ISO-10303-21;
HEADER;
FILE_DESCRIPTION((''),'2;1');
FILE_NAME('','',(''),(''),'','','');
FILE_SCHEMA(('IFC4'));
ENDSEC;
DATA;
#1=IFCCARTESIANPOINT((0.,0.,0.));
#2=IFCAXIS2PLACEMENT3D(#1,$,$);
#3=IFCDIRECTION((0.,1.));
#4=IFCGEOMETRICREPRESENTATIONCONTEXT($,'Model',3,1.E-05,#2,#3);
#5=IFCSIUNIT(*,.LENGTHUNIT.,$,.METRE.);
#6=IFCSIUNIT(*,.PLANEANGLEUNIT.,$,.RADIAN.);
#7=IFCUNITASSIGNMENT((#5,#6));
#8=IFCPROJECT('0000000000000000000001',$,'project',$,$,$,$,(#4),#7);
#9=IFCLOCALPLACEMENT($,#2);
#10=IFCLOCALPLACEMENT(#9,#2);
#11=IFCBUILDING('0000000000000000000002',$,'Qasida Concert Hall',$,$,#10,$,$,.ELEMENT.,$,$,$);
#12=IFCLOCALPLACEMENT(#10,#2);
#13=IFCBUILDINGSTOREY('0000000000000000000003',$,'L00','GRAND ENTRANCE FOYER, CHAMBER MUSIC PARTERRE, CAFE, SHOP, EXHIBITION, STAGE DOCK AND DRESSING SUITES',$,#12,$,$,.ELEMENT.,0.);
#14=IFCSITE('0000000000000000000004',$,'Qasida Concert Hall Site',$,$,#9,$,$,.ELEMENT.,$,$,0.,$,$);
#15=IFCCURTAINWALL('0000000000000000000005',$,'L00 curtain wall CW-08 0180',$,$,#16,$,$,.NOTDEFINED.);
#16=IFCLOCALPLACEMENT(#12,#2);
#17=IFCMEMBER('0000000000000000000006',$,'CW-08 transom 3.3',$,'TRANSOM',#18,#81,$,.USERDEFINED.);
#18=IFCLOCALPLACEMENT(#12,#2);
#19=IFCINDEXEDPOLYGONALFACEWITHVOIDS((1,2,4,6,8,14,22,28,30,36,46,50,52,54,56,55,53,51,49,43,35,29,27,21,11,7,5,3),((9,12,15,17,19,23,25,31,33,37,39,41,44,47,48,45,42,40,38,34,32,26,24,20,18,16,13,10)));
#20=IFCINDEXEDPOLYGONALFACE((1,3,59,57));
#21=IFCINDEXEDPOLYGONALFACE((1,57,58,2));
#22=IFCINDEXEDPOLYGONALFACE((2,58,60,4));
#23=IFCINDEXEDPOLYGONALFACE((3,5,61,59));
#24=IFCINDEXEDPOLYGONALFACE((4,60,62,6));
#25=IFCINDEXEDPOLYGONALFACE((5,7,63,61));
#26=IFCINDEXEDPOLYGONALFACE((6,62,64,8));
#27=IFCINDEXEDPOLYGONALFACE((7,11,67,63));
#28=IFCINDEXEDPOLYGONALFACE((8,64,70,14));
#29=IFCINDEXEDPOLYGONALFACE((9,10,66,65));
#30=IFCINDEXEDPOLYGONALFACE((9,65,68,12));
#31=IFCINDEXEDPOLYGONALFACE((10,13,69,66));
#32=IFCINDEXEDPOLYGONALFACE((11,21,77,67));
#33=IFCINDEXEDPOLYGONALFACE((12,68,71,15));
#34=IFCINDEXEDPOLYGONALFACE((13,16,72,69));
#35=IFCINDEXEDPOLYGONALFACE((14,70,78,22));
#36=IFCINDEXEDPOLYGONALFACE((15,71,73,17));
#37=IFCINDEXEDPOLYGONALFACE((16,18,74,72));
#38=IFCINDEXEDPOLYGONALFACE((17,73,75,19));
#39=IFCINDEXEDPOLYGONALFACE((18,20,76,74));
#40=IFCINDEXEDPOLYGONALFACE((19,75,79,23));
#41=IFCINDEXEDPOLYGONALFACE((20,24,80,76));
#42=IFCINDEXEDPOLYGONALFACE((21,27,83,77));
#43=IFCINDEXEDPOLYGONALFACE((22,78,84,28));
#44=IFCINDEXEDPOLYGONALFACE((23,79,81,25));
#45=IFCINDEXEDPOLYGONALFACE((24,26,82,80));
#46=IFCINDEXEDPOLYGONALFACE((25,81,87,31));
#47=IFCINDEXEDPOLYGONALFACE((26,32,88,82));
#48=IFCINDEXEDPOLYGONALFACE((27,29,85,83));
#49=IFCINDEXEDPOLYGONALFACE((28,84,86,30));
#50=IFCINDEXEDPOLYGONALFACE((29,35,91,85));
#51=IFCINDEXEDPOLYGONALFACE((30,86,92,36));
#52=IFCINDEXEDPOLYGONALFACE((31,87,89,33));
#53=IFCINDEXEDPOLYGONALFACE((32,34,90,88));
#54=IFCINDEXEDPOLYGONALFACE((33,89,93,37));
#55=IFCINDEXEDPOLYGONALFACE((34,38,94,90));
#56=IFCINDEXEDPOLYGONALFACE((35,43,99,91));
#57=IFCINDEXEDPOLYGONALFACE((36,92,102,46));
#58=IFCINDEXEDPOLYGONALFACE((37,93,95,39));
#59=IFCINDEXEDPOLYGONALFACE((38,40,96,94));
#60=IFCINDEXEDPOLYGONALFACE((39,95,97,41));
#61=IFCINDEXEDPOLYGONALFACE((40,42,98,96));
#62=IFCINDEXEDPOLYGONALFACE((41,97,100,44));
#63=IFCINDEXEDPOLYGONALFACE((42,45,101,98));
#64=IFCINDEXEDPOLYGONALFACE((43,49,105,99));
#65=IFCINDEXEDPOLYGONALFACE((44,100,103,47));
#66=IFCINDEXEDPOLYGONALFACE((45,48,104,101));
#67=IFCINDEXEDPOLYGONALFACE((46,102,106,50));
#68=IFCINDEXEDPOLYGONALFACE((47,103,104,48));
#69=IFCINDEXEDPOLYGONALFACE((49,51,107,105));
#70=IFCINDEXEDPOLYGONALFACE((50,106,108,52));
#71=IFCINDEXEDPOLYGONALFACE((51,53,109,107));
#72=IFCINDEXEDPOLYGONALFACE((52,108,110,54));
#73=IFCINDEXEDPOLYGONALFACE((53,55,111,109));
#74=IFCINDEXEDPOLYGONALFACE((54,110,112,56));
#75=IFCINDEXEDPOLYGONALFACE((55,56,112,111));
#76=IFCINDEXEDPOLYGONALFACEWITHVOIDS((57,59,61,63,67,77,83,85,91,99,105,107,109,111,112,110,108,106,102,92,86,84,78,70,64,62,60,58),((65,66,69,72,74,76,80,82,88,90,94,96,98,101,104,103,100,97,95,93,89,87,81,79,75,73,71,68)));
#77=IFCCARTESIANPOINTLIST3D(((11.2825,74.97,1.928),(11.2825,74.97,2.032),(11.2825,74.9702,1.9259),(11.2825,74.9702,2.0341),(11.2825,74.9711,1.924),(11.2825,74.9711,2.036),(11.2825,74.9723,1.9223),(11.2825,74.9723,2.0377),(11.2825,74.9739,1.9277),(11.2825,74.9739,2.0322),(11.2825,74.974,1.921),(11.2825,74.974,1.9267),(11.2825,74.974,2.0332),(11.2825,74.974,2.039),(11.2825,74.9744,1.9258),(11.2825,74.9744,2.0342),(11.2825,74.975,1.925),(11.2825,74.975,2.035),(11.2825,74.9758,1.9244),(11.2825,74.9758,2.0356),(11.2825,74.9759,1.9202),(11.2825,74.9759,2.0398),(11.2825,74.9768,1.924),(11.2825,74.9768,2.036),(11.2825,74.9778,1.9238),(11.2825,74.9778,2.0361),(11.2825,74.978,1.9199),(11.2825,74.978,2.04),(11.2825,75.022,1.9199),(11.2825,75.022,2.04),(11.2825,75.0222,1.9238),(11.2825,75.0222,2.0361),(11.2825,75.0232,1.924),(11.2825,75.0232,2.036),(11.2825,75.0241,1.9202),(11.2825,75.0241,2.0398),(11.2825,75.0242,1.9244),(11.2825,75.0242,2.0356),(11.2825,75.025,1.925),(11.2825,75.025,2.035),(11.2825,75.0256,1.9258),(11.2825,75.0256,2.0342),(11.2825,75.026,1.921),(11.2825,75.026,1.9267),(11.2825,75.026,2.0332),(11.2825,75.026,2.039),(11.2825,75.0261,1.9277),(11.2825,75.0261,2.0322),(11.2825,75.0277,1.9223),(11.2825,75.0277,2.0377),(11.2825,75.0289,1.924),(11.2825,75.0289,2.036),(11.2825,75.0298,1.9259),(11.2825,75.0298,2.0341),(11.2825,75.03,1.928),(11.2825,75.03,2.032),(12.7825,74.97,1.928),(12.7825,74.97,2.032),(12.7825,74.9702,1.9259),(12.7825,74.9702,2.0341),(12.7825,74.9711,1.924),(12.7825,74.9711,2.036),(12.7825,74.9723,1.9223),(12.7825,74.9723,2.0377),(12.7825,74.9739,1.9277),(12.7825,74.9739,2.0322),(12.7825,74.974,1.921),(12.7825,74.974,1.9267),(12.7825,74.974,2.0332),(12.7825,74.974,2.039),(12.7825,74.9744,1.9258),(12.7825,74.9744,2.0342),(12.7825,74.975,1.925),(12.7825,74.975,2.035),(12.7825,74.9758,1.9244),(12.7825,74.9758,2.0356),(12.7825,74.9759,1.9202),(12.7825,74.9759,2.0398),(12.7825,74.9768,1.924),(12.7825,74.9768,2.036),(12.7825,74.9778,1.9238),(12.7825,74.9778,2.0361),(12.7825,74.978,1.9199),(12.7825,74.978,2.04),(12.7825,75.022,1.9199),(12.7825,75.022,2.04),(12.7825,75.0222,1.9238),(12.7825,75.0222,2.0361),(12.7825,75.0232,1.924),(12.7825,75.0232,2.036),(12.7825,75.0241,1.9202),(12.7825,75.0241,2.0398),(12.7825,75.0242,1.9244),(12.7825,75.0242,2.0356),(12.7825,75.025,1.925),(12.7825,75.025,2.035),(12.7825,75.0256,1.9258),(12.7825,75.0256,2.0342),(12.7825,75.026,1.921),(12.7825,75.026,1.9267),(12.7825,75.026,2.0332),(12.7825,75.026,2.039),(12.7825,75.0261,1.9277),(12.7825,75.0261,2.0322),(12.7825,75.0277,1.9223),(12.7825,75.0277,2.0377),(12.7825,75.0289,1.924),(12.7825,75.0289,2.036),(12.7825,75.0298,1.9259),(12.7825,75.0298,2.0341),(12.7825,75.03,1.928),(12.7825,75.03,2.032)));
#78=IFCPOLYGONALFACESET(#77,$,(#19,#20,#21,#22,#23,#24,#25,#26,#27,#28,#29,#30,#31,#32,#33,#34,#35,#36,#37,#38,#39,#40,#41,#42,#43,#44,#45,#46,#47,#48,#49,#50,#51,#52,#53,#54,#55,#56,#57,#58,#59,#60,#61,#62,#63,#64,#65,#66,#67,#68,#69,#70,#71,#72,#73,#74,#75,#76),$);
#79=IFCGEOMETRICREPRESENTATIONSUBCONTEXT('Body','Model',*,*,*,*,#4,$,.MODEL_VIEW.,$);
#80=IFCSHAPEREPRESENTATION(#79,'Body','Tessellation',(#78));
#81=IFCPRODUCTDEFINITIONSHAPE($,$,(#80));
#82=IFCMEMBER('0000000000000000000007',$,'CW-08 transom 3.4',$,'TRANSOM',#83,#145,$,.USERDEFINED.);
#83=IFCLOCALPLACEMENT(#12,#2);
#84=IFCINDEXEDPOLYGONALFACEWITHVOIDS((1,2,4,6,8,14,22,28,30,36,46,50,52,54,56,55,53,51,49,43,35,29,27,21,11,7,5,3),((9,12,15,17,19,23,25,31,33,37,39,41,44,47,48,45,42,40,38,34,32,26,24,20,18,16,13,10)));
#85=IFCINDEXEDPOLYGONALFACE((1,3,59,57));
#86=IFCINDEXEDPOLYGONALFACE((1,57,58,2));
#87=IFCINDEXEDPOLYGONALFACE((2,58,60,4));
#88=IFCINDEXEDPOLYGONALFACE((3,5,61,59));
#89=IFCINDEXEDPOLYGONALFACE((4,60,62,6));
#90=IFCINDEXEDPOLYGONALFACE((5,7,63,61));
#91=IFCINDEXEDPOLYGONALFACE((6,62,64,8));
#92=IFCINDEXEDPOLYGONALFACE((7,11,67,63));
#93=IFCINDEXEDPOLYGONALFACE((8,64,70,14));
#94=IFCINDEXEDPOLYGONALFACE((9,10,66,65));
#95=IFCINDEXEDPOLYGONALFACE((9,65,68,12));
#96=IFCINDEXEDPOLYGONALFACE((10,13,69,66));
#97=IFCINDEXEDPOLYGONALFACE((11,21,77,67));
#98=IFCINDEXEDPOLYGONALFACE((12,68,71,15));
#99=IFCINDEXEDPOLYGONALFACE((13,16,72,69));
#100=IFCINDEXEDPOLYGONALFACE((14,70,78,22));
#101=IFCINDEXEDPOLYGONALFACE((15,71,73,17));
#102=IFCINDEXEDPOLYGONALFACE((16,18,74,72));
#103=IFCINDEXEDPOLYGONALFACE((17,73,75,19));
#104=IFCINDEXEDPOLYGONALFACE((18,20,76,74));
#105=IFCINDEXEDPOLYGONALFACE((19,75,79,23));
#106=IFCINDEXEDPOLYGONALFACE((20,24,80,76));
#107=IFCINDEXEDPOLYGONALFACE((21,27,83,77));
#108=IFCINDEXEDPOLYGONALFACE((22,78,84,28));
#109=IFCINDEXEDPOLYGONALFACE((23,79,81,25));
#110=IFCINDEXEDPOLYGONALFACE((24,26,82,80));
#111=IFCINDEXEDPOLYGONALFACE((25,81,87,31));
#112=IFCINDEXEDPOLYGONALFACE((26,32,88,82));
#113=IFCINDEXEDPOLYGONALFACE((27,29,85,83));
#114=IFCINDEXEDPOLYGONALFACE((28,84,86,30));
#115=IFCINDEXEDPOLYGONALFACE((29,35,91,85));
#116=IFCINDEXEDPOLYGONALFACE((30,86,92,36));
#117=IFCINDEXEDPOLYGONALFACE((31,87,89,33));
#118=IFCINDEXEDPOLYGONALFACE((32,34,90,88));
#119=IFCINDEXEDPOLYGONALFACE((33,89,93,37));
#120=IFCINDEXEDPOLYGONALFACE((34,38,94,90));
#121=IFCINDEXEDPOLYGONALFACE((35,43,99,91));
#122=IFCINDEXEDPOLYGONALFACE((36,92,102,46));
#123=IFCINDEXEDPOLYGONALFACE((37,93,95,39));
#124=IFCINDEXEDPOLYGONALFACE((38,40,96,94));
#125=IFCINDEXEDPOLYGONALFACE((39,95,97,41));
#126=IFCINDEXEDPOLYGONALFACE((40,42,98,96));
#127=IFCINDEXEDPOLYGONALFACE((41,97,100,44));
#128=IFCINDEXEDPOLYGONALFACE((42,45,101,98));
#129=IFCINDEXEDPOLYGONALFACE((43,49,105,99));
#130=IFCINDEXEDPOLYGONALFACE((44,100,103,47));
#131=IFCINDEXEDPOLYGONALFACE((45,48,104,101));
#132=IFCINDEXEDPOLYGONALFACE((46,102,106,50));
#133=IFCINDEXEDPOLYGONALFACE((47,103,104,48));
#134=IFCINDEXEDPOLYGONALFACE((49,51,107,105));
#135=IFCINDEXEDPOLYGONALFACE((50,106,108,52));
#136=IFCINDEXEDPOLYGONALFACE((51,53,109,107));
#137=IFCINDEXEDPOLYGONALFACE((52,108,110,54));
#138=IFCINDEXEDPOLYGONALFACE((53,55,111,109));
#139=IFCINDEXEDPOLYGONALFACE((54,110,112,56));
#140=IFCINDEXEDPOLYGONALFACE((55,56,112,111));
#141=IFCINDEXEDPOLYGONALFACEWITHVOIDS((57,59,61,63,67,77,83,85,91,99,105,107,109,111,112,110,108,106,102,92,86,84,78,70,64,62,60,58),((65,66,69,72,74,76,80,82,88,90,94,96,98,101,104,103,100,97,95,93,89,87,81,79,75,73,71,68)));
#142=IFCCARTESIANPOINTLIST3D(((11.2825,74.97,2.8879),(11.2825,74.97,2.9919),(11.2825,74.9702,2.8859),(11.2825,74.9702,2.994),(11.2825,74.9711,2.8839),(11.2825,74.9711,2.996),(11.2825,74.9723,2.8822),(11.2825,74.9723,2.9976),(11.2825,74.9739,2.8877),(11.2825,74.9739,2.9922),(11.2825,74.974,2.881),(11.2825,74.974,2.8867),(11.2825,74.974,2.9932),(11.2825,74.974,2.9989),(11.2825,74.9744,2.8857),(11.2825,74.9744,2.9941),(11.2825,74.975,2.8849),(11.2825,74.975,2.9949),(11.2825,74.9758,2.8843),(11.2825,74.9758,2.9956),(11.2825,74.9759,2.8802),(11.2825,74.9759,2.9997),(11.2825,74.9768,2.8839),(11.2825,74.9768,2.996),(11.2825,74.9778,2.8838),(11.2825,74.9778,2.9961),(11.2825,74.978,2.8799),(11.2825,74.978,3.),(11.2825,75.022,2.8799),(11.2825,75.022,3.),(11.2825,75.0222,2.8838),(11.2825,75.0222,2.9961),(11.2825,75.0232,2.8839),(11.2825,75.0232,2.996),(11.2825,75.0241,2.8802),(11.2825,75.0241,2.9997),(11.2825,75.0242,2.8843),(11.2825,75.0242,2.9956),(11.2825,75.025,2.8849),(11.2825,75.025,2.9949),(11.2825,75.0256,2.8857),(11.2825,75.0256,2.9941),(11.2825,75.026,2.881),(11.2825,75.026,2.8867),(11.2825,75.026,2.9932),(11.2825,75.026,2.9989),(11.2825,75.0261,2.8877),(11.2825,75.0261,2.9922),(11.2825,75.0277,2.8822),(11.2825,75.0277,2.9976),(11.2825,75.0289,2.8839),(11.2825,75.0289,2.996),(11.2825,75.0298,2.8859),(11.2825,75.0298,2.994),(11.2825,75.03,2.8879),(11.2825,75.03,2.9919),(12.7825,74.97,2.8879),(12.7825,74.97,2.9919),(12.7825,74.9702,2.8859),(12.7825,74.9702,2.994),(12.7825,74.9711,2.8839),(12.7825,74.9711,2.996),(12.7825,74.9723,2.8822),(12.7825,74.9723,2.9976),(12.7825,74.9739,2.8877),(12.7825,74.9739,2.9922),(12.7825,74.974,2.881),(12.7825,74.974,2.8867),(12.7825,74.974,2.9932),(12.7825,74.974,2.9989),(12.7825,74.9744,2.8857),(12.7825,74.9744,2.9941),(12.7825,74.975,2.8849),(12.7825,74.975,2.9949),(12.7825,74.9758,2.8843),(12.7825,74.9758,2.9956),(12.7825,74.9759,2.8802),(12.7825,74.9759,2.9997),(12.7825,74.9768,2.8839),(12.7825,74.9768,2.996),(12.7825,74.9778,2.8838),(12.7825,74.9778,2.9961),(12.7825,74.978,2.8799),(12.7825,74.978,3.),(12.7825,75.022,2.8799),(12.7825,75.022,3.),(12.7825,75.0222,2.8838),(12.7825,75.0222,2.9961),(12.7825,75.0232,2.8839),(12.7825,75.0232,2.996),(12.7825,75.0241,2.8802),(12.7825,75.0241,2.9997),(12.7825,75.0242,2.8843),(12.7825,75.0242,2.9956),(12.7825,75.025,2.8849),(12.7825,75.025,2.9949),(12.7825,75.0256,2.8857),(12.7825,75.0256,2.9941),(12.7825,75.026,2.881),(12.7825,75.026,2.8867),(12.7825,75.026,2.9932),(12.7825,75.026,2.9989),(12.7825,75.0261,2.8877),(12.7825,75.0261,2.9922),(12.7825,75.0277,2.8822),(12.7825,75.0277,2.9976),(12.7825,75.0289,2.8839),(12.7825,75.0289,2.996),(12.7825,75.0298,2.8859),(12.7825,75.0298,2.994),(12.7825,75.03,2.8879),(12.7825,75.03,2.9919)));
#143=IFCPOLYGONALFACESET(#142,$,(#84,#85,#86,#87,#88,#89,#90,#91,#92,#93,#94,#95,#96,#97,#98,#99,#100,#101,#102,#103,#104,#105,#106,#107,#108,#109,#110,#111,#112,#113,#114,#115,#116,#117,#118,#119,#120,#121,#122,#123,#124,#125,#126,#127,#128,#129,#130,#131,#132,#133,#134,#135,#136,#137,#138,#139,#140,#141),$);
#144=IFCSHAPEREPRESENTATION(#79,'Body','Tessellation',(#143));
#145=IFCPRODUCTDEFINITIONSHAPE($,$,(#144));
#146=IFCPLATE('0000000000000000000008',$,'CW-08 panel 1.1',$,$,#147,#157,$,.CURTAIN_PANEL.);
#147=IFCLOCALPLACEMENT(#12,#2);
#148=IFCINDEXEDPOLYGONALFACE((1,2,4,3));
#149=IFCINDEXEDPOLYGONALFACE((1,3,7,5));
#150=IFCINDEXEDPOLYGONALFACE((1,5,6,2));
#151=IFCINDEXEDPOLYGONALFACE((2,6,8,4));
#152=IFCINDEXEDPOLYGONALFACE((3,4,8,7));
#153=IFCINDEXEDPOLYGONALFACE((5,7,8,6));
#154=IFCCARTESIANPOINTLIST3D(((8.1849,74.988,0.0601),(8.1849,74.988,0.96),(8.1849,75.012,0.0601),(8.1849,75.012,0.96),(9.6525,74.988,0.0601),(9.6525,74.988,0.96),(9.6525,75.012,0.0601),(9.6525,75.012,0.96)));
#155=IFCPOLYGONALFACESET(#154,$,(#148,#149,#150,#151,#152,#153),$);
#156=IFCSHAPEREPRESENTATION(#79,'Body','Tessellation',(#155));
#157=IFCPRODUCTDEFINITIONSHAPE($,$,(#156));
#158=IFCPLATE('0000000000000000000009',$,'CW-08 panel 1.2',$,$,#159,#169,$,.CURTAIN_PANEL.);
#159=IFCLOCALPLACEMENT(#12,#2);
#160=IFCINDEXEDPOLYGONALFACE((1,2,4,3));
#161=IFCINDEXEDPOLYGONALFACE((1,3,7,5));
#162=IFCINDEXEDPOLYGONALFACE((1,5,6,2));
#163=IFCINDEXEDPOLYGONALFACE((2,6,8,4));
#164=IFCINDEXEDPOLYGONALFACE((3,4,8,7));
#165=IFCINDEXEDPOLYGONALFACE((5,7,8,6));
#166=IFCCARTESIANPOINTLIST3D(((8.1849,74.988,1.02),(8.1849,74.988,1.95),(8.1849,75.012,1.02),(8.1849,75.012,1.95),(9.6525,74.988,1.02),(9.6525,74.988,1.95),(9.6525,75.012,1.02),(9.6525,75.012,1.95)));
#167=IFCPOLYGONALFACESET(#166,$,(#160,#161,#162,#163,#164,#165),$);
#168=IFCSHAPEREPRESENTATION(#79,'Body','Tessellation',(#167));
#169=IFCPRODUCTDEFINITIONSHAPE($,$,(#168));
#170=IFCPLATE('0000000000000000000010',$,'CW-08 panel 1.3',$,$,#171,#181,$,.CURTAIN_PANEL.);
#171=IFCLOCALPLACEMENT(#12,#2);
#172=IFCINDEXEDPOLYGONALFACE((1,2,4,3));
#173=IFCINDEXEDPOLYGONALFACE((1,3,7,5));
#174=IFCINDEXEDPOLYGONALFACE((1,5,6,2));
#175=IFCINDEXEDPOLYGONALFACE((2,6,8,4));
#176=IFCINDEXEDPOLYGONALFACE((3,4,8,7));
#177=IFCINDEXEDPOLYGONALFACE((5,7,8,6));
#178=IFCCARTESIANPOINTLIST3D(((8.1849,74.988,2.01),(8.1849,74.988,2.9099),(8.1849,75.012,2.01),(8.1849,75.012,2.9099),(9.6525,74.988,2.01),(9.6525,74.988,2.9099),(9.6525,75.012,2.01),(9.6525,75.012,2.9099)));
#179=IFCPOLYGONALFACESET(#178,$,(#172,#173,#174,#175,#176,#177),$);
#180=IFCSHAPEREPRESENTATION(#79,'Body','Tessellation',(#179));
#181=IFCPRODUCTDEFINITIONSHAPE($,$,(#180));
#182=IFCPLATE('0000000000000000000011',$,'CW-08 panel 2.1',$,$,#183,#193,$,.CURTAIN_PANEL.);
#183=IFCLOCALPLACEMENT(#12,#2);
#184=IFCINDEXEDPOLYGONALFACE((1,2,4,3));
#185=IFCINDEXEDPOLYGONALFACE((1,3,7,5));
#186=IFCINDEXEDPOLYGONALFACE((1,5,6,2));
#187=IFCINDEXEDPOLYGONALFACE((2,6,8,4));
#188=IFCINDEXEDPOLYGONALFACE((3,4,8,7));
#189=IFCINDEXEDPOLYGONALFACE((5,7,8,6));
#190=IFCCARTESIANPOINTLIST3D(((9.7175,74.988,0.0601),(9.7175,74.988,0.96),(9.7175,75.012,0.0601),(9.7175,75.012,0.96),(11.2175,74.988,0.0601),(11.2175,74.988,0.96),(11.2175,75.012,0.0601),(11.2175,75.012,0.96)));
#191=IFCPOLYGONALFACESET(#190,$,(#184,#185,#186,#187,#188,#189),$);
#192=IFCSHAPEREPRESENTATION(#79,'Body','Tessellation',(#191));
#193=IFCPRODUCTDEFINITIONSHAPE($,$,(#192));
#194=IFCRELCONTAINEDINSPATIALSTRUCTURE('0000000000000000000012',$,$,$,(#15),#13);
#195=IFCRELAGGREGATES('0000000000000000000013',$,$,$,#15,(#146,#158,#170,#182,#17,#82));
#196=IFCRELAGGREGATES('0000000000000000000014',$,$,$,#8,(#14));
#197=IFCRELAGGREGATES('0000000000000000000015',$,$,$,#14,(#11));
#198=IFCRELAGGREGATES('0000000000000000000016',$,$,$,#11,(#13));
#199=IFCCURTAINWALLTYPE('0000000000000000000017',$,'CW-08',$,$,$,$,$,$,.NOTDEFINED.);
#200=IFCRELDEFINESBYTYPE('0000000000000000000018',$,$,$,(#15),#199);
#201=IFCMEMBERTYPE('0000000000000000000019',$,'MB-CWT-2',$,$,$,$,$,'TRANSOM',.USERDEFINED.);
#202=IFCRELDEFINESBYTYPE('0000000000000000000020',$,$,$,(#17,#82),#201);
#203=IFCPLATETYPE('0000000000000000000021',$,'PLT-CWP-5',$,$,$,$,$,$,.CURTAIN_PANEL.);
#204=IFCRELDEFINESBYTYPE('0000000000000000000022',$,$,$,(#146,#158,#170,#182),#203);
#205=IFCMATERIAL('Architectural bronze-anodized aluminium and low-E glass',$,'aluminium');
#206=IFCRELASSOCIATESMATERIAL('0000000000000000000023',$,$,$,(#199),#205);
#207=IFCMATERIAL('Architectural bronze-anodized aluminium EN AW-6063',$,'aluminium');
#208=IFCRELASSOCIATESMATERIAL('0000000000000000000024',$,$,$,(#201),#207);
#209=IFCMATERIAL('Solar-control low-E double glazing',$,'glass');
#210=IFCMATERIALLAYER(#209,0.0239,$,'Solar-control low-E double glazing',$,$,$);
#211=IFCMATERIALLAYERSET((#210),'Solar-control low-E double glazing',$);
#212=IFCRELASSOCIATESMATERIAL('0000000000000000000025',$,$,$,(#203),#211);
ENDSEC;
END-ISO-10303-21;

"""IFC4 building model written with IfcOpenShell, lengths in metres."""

from ifc_helpers import new_model, si_unit, direction, frame, origin, origin_2d, place, context, subcontext, project, spatial, rectangle, hollow_rectangle, extrude, material, layer, layer_set, material_profile, profile_set, type_object, element, aggregate, save


model = new_model("IFC4")

# Units and contexts
model_context = context("Model", 3, precision=1e-05, world=origin(), true_north=direction((0.0, 1.0)))
body_context = subcontext(model_context, "Body", "Model", "MODEL_VIEW")
ifc_project = project(units=[si_unit("LENGTHUNIT", "METRE"), si_unit("PLANEANGLEUNIT", "RADIAN")], contexts=[model_context])

# Site, building, storey
site_placement = place(None, origin())
site = spatial("IfcSite", under=ifc_project, at=site_placement, Name="Qasida Concert Hall Site", CompositionType="ELEMENT", RefElevation=0.0)
building_placement = place(site_placement, origin())
building = spatial("IfcBuilding", under=site, at=building_placement, Name="Qasida Concert Hall", CompositionType="ELEMENT")
storey_placement = place(building_placement, origin())
storey = spatial("IfcBuildingStorey", under=building, at=storey_placement, Name="L00", Description="GRAND ENTRANCE FOYER, CHAMBER MUSIC PARTERRE, CAFE, SHOP, EXHIBITION, STAGE DOCK AND DRESSING SUITES", CompositionType="ELEMENT", Elevation=0.0)

# Curtain wall, members, plates
ifc_material_1 = material(Name="Architectural bronze-anodized aluminium and low-E glass", Category="aluminium")
curtain_wall_type = type_object("IfcCurtainWallType", Name="CW-08", PredefinedType="NOTDEFINED", material=ifc_material_1)
curtain_wall_placement = place(storey_placement, origin())
curtain_wall = element("IfcCurtainWall", 1, at=curtain_wall_placement, inside=storey, type_object=curtain_wall_type, Name="L00 curtain wall CW-08 0180", PredefinedType="NOTDEFINED")
ifc_material_2 = material(Name="Architectural bronze-anodized aluminium EN AW-6063", Category="aluminium")
ifc_material_profile_1 = material_profile(ifc_material_2, hollow_rectangle(XDim=0.0601, YDim=0.1201, WallThickness=0.0039, InnerFilletRadius=0.0039, OuterFilletRadius=0.0081, at=origin_2d()), Name="CWT 120x60x4")
ifc_profile_set_1 = profile_set([ifc_material_profile_1], Name="Architectural bronze-anodized aluminium EN AW-6063")
member_type_1 = type_object("IfcMemberType", Name="MB-CWT-2", ElementType="TRANSOM", PredefinedType="USERDEFINED", material=ifc_profile_set_1)
member_1_placement = place(storey_placement, frame((11.2825, 75.0, 1.98), z_axis=(1.0, 0.0, 0.0), x_axis=(0.0, 1.0, 0.0)))
member_1 = element("IfcMember", 2, at=member_1_placement, type_object=member_type_1, Name="CW-08 transom 3.3", ObjectType="TRANSOM", PredefinedType="USERDEFINED", context=body_context, shape_type="SweptSolid", body=[
    extrude(hollow_rectangle(XDim=0.0601, YDim=0.1201, WallThickness=0.0039, InnerFilletRadius=0.0039, OuterFilletRadius=0.0081, at=origin_2d()), origin(), (0.0, 0.0, 1.0), 1.5),
])
member_2_placement = place(storey_placement, frame((11.2825, 75.0, 2.9399), z_axis=(1.0, 0.0, 0.0), x_axis=(0.0, 1.0, 0.0)))
member_2 = element("IfcMember", 3, at=member_2_placement, type_object=member_type_1, Name="CW-08 transom 3.4", ObjectType="TRANSOM", PredefinedType="USERDEFINED", context=body_context, shape_type="SweptSolid", body=[
    extrude(hollow_rectangle(XDim=0.0601, YDim=0.1201, WallThickness=0.0039, InnerFilletRadius=0.0039, OuterFilletRadius=0.0081, at=origin_2d()), origin(), (0.0, 0.0, 1.0), 1.5),
])
ifc_material_3 = material(Name="Solar-control low-E double glazing", Category="glass")
ifc_layer = layer(ifc_material_3, 0.0239, Name="Solar-control low-E double glazing")
ifc_layer_set = layer_set([ifc_layer], Name="Solar-control low-E double glazing")
plate_type = type_object("IfcPlateType", Name="PLT-CWP-5", PredefinedType="CURTAIN_PANEL", material=ifc_layer_set)
plate_1_placement = place(storey_placement, frame((8.9187, 75.0, 0.0601), z_axis=(0.0, 0.0, 1.0), x_axis=(1.0, 0.0, 0.0)))
plate_1 = element("IfcPlate", 4, at=plate_1_placement, type_object=plate_type, Name="CW-08 panel 1.1", PredefinedType="CURTAIN_PANEL", context=body_context, shape_type="SweptSolid", body=[
    extrude(rectangle(XDim=1.4675, YDim=0.0239, at=origin_2d()), origin(), (0.0, 0.0, 1.0), 0.8999),
])
plate_2_placement = place(storey_placement, frame((8.9187, 75.0, 1.02), z_axis=(0.0, 0.0, 1.0), x_axis=(1.0, 0.0, 0.0)))
plate_2 = element("IfcPlate", 5, at=plate_2_placement, type_object=plate_type, Name="CW-08 panel 1.2", PredefinedType="CURTAIN_PANEL", context=body_context, shape_type="SweptSolid", body=[
    extrude(rectangle(XDim=1.4675, YDim=0.0239, at=origin_2d()), origin(), (0.0, 0.0, 1.0), 0.9299),
])
plate_3_placement = place(storey_placement, frame((8.9187, 75.0, 2.01), z_axis=(0.0, 0.0, 1.0), x_axis=(1.0, 0.0, 0.0)))
plate_3 = element("IfcPlate", 6, at=plate_3_placement, type_object=plate_type, Name="CW-08 panel 1.3", PredefinedType="CURTAIN_PANEL", context=body_context, shape_type="SweptSolid", body=[
    extrude(rectangle(XDim=1.4675, YDim=0.0239, at=origin_2d()), origin(), (0.0, 0.0, 1.0), 0.8999),
])
plate_4_placement = place(storey_placement, frame((10.4675, 75.0, 0.0601), z_axis=(0.0, 0.0, 1.0), x_axis=(1.0, 0.0, 0.0)))
plate_4 = element("IfcPlate", 7, at=plate_4_placement, type_object=plate_type, Name="CW-08 panel 2.1", PredefinedType="CURTAIN_PANEL", context=body_context, shape_type="SweptSolid", body=[
    extrude(rectangle(XDim=1.5, YDim=0.0239, at=origin_2d()), origin(), (0.0, 0.0, 1.0), 0.8999),
])
aggregate(curtain_wall, [plate_1, plate_2, plate_3, plate_4, member_1, member_2])

save(model, "model.ifc")
